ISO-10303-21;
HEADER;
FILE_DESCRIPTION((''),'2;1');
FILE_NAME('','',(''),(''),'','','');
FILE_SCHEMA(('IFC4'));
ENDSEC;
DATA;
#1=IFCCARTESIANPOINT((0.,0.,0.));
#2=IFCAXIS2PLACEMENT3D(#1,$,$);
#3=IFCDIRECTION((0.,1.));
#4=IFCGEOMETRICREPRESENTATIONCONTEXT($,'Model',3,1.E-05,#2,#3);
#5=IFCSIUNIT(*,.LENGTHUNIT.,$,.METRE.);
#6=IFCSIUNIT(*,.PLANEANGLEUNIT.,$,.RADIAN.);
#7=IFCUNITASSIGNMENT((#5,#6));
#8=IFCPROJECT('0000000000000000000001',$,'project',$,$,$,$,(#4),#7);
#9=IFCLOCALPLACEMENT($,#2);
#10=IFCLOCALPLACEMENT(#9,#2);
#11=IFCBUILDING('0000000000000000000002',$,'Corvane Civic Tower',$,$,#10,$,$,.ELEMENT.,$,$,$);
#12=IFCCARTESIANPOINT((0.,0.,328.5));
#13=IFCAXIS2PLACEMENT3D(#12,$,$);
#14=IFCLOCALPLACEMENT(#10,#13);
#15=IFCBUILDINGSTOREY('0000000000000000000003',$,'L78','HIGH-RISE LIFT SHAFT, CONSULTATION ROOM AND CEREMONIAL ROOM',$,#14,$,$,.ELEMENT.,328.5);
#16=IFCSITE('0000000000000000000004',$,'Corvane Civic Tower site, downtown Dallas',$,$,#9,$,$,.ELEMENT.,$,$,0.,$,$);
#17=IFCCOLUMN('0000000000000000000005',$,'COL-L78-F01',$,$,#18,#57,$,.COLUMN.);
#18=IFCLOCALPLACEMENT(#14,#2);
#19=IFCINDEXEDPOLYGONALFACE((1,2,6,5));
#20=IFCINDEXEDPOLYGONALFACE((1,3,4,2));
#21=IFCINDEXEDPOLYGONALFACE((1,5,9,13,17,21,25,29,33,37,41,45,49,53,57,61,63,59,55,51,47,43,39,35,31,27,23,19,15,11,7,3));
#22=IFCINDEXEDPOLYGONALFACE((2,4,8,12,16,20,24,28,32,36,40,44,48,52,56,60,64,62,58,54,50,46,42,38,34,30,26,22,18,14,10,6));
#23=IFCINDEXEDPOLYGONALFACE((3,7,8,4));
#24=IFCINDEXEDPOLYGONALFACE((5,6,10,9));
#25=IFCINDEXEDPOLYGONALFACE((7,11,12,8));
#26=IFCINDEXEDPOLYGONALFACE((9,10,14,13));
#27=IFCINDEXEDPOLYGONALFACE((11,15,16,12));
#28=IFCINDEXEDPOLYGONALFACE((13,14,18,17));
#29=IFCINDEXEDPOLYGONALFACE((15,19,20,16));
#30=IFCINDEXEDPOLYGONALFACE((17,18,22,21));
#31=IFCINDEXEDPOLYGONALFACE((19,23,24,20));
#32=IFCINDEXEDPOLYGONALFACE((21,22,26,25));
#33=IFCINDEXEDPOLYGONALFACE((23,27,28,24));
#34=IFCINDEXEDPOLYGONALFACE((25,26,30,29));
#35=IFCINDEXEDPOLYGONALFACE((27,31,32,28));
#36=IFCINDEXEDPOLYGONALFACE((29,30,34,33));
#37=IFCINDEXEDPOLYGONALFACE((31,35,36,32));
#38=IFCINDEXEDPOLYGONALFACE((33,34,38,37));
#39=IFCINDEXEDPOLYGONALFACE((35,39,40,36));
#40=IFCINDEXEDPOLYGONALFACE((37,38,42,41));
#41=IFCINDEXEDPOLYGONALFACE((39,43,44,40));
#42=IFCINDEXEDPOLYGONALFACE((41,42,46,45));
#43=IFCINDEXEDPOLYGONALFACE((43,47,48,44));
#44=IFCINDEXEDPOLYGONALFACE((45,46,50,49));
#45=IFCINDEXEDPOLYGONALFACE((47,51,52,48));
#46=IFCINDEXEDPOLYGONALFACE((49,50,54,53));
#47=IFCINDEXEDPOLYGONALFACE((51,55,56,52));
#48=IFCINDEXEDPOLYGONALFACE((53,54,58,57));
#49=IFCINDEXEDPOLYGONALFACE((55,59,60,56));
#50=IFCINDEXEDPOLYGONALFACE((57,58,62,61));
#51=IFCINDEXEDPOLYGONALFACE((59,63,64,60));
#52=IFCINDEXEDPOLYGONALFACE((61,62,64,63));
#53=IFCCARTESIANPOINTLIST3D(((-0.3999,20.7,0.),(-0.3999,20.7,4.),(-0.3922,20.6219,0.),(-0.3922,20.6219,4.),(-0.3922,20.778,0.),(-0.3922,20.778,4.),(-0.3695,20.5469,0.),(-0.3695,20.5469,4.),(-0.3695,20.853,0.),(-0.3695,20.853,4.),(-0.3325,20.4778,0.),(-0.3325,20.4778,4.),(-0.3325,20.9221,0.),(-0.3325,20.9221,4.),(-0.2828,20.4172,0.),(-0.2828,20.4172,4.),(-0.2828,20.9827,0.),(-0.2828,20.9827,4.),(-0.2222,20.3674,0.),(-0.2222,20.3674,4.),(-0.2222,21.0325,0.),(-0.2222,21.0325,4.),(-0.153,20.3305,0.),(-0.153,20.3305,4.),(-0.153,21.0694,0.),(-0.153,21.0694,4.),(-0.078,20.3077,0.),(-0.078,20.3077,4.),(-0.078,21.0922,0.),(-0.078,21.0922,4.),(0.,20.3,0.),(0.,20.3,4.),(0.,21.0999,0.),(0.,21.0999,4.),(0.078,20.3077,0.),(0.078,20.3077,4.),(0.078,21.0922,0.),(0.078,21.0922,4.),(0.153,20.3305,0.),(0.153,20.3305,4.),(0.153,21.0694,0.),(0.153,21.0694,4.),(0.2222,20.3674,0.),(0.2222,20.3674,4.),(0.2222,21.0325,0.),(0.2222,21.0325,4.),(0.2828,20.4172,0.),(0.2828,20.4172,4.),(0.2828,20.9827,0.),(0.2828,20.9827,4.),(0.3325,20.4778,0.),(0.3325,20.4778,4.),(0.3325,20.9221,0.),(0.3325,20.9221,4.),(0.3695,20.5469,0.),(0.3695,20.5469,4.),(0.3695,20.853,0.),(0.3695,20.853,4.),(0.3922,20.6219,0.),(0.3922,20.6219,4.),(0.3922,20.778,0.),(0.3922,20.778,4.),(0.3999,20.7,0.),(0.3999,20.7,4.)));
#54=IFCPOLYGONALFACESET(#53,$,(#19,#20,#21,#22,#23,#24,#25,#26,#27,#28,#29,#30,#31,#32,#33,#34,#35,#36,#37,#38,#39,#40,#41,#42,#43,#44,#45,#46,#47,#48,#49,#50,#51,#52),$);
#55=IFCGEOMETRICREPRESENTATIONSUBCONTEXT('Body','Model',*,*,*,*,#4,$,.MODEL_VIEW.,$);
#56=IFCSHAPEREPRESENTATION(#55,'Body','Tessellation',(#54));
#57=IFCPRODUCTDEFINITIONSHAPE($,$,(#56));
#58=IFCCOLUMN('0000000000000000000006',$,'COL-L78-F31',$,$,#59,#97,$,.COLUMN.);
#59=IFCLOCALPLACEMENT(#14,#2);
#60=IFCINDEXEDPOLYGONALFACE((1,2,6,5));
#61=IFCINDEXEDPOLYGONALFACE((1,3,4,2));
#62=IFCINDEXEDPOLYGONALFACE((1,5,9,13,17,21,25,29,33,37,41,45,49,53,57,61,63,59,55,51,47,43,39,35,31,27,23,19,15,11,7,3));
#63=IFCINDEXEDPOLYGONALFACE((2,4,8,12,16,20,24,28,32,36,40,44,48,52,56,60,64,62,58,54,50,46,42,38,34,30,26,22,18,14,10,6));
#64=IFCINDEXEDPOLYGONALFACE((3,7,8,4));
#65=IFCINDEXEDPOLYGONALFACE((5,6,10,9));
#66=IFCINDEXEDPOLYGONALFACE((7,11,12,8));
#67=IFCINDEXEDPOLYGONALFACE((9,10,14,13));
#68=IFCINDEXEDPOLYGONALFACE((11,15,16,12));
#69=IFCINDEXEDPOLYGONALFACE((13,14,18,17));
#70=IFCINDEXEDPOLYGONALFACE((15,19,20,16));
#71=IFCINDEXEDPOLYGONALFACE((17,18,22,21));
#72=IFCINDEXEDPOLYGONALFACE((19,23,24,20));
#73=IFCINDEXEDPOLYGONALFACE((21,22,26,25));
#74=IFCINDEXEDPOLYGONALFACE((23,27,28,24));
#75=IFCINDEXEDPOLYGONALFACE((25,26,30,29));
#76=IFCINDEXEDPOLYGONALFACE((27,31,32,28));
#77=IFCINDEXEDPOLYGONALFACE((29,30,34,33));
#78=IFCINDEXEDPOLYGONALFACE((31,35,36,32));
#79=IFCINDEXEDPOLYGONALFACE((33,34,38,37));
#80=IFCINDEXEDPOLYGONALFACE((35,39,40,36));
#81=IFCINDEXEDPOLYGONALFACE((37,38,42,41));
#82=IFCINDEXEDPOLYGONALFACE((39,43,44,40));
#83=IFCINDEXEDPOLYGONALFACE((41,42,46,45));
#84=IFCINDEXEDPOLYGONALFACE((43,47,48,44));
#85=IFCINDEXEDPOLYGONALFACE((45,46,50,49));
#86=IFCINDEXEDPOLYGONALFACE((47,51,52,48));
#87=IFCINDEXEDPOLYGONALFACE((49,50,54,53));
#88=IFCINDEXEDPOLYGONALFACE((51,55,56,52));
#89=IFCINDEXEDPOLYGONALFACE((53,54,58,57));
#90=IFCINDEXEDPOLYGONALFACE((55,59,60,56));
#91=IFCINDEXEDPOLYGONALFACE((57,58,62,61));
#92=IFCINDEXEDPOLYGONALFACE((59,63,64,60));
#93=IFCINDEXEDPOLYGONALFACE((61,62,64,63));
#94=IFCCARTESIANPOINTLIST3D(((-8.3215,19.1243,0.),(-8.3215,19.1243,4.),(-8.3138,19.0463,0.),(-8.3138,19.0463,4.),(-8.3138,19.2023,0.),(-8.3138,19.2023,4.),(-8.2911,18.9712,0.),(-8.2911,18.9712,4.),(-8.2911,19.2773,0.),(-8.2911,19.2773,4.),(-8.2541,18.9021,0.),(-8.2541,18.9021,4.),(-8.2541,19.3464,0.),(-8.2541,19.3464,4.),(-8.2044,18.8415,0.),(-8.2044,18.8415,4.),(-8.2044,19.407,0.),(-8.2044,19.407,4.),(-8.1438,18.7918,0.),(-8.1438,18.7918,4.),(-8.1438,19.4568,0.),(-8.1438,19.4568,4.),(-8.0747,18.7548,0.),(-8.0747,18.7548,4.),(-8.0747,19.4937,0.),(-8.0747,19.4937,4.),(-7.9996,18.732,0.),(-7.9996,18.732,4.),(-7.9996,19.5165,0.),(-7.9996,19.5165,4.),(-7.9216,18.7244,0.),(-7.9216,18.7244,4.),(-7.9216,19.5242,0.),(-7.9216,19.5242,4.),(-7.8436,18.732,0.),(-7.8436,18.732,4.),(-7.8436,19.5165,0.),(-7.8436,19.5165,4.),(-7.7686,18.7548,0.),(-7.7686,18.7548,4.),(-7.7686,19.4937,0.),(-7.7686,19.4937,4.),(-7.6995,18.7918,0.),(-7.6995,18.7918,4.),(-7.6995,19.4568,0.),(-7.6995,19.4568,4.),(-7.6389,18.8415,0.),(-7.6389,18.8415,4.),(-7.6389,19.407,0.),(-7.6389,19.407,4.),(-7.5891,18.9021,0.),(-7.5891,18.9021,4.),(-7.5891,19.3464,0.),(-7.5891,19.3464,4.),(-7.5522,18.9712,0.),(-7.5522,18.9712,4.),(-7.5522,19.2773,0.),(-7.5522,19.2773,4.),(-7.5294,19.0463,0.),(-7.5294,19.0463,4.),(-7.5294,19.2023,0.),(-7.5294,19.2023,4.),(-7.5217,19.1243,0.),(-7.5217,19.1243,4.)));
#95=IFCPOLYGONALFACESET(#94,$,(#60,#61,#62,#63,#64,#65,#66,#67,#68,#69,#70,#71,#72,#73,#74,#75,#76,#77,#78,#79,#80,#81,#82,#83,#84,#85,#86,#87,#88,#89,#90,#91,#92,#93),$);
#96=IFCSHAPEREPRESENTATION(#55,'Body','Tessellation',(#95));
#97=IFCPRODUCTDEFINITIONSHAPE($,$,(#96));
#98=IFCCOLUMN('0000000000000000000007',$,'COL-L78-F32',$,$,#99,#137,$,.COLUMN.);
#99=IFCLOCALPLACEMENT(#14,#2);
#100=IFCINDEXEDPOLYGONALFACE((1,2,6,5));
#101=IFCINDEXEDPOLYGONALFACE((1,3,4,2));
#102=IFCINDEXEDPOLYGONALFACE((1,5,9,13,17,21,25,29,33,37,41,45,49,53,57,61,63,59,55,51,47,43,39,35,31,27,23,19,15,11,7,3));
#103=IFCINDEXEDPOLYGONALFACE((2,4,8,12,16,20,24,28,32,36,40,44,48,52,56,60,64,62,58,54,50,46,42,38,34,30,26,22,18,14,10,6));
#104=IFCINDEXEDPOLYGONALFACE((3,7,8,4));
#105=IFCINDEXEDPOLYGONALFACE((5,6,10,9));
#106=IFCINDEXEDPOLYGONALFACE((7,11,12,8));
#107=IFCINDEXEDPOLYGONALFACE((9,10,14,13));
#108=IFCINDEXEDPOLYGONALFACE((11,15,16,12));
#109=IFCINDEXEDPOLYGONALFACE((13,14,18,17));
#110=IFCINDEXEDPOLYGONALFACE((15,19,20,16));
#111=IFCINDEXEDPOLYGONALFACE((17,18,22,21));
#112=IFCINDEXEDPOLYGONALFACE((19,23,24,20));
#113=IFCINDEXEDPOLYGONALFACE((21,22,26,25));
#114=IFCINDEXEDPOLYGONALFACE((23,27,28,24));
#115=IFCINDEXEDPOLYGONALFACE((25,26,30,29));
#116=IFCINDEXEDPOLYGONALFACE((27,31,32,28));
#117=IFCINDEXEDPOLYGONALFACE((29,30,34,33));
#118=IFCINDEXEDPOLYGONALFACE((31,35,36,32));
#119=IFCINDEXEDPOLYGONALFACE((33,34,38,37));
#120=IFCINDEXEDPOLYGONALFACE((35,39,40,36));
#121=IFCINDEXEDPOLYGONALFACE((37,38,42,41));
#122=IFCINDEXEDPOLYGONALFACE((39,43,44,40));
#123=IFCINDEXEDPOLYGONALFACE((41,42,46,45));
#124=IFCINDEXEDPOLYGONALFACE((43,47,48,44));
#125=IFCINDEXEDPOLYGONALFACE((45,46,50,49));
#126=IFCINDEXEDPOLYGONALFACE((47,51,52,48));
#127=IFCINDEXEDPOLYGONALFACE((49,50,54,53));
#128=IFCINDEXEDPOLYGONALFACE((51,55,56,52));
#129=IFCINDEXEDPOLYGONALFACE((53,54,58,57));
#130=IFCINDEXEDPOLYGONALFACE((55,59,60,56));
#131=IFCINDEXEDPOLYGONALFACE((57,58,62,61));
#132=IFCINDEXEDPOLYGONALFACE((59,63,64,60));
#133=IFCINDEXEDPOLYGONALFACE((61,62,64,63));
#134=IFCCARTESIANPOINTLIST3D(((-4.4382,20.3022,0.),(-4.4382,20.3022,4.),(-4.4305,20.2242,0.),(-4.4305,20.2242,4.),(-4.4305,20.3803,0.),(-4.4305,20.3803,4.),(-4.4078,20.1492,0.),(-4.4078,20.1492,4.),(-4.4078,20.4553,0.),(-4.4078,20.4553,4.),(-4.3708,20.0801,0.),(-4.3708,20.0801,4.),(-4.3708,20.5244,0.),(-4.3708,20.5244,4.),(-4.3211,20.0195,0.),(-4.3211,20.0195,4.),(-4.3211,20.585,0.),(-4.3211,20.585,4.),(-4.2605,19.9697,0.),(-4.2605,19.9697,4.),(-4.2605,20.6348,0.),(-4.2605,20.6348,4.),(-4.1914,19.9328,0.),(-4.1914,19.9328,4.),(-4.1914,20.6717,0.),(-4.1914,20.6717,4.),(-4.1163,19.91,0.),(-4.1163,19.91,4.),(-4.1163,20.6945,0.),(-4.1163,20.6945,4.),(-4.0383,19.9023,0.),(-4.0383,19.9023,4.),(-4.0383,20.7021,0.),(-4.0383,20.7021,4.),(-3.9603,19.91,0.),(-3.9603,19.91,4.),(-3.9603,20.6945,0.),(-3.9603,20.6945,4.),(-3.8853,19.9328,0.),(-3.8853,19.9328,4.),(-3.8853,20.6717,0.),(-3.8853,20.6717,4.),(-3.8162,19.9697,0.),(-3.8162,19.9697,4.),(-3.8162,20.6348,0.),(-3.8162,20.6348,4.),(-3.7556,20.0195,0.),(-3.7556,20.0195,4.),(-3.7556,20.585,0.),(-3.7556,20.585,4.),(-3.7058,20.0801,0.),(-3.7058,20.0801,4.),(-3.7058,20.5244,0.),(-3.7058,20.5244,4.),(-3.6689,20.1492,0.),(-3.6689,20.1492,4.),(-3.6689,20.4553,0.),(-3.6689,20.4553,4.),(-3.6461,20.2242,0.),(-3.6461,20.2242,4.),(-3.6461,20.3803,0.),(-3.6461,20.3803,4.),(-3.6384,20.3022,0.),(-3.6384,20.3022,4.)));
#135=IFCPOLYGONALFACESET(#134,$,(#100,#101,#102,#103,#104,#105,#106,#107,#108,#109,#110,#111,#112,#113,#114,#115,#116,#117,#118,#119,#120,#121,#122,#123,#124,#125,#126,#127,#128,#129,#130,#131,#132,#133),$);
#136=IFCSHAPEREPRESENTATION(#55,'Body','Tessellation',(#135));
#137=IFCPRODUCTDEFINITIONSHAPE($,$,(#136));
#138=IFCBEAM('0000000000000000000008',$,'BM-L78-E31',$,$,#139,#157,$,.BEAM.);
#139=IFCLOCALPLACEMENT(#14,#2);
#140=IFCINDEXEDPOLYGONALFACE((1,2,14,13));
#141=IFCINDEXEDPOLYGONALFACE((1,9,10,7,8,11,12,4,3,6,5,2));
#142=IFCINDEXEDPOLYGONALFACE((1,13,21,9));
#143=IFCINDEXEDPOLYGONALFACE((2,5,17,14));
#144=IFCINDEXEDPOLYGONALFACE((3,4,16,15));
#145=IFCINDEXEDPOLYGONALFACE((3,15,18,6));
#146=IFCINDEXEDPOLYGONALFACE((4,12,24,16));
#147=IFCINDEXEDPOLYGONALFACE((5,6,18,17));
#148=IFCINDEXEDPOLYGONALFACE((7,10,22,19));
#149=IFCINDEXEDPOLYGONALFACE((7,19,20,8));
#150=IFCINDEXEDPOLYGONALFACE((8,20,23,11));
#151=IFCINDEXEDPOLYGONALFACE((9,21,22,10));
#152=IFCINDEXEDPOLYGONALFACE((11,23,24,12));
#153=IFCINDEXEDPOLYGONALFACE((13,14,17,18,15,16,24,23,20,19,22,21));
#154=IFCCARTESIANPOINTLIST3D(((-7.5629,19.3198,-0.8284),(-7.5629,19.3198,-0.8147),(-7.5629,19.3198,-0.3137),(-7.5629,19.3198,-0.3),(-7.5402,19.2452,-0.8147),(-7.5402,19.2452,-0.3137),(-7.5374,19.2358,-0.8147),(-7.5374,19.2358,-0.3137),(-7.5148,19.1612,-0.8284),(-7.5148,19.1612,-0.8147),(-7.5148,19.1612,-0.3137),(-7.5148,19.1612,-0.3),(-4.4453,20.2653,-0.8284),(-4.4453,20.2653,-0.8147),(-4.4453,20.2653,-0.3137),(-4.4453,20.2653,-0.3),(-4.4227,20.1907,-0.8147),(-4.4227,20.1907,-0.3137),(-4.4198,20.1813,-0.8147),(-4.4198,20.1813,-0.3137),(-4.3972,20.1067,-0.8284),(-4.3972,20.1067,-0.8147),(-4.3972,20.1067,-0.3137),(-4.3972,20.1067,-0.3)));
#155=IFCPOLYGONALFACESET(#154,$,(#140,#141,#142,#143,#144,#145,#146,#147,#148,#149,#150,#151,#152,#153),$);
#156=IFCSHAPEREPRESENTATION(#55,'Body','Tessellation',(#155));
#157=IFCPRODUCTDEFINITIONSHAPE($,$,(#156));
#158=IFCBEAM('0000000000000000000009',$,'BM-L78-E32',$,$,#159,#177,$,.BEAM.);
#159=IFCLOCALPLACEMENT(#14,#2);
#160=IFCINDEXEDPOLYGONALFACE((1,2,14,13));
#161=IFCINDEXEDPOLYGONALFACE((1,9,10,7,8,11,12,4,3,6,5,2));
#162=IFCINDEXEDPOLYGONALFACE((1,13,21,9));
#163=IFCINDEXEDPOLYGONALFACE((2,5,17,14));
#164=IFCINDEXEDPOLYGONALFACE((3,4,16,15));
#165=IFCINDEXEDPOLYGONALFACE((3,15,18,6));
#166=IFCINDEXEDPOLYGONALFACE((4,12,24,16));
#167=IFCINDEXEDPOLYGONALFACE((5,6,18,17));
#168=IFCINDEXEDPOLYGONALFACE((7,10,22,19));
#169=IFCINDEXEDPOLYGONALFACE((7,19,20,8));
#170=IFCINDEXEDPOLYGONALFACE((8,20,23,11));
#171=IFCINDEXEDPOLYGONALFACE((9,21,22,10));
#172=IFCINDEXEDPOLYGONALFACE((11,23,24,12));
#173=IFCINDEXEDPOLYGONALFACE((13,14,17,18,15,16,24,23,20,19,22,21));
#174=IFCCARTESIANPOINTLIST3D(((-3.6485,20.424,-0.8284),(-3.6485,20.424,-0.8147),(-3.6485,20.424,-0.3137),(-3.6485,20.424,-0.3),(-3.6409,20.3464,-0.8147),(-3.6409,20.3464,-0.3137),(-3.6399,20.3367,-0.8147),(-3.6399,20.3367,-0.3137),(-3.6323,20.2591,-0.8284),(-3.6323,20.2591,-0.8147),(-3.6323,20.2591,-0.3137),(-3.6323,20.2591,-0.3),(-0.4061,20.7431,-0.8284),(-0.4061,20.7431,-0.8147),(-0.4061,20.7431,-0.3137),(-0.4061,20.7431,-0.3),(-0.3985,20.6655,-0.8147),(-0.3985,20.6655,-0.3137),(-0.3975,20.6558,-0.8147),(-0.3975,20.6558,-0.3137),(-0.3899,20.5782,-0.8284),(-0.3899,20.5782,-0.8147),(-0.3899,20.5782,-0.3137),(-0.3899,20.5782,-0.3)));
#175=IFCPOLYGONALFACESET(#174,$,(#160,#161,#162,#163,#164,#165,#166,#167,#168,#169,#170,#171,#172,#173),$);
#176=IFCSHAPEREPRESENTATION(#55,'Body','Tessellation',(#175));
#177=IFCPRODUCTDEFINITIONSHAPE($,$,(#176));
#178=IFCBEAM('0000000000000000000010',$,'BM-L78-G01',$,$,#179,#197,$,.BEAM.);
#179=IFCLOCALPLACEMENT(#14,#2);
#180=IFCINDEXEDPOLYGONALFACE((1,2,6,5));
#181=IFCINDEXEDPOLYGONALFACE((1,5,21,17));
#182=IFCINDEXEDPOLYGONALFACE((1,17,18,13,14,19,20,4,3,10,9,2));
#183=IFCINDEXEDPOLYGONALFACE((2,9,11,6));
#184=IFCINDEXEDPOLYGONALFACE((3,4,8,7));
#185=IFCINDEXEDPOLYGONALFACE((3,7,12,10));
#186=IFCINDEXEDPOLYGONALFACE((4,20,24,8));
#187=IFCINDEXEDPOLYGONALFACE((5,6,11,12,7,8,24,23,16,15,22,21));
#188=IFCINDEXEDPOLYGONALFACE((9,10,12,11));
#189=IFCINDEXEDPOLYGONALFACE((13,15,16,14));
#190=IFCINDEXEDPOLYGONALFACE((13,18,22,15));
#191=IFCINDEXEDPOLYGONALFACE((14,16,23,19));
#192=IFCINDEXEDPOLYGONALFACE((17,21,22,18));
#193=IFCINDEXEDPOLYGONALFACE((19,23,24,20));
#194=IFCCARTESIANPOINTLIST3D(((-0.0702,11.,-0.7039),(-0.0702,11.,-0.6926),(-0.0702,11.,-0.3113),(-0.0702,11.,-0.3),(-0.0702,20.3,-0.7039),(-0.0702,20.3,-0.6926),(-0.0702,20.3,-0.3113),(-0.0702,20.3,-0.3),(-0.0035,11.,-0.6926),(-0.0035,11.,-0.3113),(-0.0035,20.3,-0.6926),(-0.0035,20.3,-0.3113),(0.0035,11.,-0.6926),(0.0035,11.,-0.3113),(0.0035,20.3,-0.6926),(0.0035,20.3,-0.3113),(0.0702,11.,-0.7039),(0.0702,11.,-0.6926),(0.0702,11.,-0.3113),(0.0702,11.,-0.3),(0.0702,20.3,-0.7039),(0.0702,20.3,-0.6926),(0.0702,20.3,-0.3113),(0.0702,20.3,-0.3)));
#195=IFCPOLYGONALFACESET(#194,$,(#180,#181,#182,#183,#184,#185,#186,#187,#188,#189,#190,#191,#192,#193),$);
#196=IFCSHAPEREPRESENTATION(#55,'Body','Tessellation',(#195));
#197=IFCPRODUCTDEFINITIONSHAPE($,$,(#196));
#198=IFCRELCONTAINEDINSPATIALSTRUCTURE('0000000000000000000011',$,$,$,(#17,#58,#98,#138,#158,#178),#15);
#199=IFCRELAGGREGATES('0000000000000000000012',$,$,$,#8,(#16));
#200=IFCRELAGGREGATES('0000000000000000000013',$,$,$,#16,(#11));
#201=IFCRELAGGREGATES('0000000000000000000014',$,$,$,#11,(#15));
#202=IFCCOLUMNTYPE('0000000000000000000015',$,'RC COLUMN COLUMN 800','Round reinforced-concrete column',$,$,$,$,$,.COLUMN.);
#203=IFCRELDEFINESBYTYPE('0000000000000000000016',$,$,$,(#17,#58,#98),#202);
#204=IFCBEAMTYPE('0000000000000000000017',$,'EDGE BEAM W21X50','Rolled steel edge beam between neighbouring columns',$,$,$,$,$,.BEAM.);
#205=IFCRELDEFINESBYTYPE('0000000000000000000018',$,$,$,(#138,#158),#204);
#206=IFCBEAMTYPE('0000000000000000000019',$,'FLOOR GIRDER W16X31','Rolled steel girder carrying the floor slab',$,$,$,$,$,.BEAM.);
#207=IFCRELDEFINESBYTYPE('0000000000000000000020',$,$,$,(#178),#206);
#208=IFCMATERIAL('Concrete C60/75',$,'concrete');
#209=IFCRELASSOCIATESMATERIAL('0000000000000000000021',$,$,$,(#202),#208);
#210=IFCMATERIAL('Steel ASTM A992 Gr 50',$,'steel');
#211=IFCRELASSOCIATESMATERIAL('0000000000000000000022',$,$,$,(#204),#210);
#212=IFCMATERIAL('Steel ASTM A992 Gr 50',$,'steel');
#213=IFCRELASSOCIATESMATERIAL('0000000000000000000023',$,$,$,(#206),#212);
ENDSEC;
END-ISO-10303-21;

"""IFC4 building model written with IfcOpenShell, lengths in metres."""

from ifc_helpers import new_model, si_unit, direction, frame, origin, origin_2d, place, context, subcontext, project, spatial, circle, i_section, extrude, material, material_profile, profile_set, type_object, element, save


model = new_model("IFC4")

# Units and contexts
model_context = context("Model", 3, precision=1e-05, world=origin(), true_north=direction((0.0, 1.0)))
body_context = subcontext(model_context, "Body", "Model", "MODEL_VIEW")
ifc_project = project(units=[si_unit("LENGTHUNIT", "METRE"), si_unit("PLANEANGLEUNIT", "RADIAN")], contexts=[model_context])

# Site, building, storey
site_placement = place(None, origin())
site = spatial("IfcSite", under=ifc_project, at=site_placement, Name="Corvane Civic Tower site, downtown Dallas", CompositionType="ELEMENT", RefElevation=0.0)
building_placement = place(site_placement, origin())
building = spatial("IfcBuilding", under=site, at=building_placement, Name="Corvane Civic Tower", CompositionType="ELEMENT")
storey_placement = place(building_placement, frame((0.0, 0.0, 328.5)))
storey = spatial("IfcBuildingStorey", under=building, at=storey_placement, Name="L78", Description="HIGH-RISE LIFT SHAFT, CONSULTATION ROOM AND CEREMONIAL ROOM", CompositionType="ELEMENT", Elevation=328.5)

# Columns
ifc_material_1 = material(Name="Concrete C60/75", Category="concrete")
ifc_material_profile_1 = material_profile(ifc_material_1, circle(Radius=0.3999, at=origin_2d()), Name="COLUMN 800")
ifc_profile_set_1 = profile_set([ifc_material_profile_1], Name="Concrete C60/75")
column_type = type_object("IfcColumnType", Name="RC COLUMN COLUMN 800", Description="Round reinforced-concrete column", PredefinedType="COLUMN", material=ifc_profile_set_1)
for number, where, z_axis, x_axis, name in (
    (1, (0.0, 20.7, 0.0), (0.0, 0.0, 1.0), (1.0, 0.0, 0.0), "COL-L78-F01"),
    (2, (-7.9216, 19.1243, 0.0), (0.0, 0.0, 1.0), (1.0, 0.0, 0.0), "COL-L78-F31"),
    (3, (-4.0383, 20.3022, 0.0), (0.0, 0.0, 1.0), (1.0, 0.0, 0.0), "COL-L78-F32"),
):
    element("IfcColumn", number, at=place(storey_placement, frame(where, z_axis=z_axis, x_axis=x_axis)), inside=storey, type_object=column_type, Name=name, PredefinedType="COLUMN", context=body_context, shape_type="SweptSolid", body=[
        extrude(circle(Radius=0.3999, at=origin_2d()), origin(), (0.0, 0.0, 1.0), 4.0),
    ])

# Beams
ifc_material_2 = material(Name="Steel ASTM A992 Gr 50", Category="steel")
ifc_material_profile_2 = material_profile(ifc_material_2, i_section(OverallWidth=0.1658, OverallDepth=0.5283, WebThickness=0.0098, FlangeThickness=0.0137, at=origin_2d()), Name="W21X50")
ifc_profile_set_2 = profile_set([ifc_material_profile_2], Name="Steel ASTM A992 Gr 50")
beam_type_1 = type_object("IfcBeamType", Name="EDGE BEAM W21X50", Description="Rolled steel edge beam between neighbouring columns", PredefinedType="BEAM", material=ifc_profile_set_2)
beam_1_placement = place(storey_placement, frame((-7.5388, 19.2405, -0.5642), z_axis=(0.956956, 0.290234, 0.0), x_axis=(-0.290234, 0.956956, 0.0)))
element("IfcBeam", 4, at=beam_1_placement, inside=storey, type_object=beam_type_1, Name="BM-L78-E31", PredefinedType="BEAM", context=body_context, shape_type="SweptSolid", body=[
    extrude(i_section(OverallWidth=0.1658, OverallDepth=0.5283, WebThickness=0.0098, FlangeThickness=0.0137, at=origin_2d()), origin(), (0.0, 0.0, 1.0), 3.2578),
])
beam_2_placement = place(storey_placement, frame((-3.6404, 20.3416, -0.5642), z_axis=(0.995193, 0.097938, 0.0), x_axis=(-0.097938, 0.995193, 0.0)))
element("IfcBeam", 5, at=beam_2_placement, inside=storey, type_object=beam_type_1, Name="BM-L78-E32", PredefinedType="BEAM", context=body_context, shape_type="SweptSolid", body=[
    extrude(i_section(OverallWidth=0.1658, OverallDepth=0.5283, WebThickness=0.0098, FlangeThickness=0.0137, at=origin_2d()), origin(), (0.0, 0.0, 1.0), 3.2581),
])
ifc_material_3 = material(Name="Steel ASTM A992 Gr 50", Category="steel")
ifc_material_profile_3 = material_profile(ifc_material_3, i_section(OverallWidth=0.1404, OverallDepth=0.4038, WebThickness=0.0071, FlangeThickness=0.0112, at=origin_2d()), Name="W16X31")
ifc_profile_set_3 = profile_set([ifc_material_profile_3], Name="Steel ASTM A992 Gr 50")
beam_type_2 = type_object("IfcBeamType", Name="FLOOR GIRDER W16X31", Description="Rolled steel girder carrying the floor slab", PredefinedType="BEAM", material=ifc_profile_set_3)
beam_3_placement = place(storey_placement, frame((0.0, 11.0, -0.502), z_axis=(0.0, 1.0, 0.0), x_axis=(-1.0, 0.0, 0.0)))
element("IfcBeam", 6, at=beam_3_placement, inside=storey, type_object=beam_type_2, Name="BM-L78-G01", PredefinedType="BEAM", context=body_context, shape_type="SweptSolid", body=[
    extrude(i_section(OverallWidth=0.1404, OverallDepth=0.4038, WebThickness=0.0071, FlangeThickness=0.0112, at=origin_2d()), origin(), (0.0, 0.0, 1.0), 9.3),
])

save(model, "model.ifc")
